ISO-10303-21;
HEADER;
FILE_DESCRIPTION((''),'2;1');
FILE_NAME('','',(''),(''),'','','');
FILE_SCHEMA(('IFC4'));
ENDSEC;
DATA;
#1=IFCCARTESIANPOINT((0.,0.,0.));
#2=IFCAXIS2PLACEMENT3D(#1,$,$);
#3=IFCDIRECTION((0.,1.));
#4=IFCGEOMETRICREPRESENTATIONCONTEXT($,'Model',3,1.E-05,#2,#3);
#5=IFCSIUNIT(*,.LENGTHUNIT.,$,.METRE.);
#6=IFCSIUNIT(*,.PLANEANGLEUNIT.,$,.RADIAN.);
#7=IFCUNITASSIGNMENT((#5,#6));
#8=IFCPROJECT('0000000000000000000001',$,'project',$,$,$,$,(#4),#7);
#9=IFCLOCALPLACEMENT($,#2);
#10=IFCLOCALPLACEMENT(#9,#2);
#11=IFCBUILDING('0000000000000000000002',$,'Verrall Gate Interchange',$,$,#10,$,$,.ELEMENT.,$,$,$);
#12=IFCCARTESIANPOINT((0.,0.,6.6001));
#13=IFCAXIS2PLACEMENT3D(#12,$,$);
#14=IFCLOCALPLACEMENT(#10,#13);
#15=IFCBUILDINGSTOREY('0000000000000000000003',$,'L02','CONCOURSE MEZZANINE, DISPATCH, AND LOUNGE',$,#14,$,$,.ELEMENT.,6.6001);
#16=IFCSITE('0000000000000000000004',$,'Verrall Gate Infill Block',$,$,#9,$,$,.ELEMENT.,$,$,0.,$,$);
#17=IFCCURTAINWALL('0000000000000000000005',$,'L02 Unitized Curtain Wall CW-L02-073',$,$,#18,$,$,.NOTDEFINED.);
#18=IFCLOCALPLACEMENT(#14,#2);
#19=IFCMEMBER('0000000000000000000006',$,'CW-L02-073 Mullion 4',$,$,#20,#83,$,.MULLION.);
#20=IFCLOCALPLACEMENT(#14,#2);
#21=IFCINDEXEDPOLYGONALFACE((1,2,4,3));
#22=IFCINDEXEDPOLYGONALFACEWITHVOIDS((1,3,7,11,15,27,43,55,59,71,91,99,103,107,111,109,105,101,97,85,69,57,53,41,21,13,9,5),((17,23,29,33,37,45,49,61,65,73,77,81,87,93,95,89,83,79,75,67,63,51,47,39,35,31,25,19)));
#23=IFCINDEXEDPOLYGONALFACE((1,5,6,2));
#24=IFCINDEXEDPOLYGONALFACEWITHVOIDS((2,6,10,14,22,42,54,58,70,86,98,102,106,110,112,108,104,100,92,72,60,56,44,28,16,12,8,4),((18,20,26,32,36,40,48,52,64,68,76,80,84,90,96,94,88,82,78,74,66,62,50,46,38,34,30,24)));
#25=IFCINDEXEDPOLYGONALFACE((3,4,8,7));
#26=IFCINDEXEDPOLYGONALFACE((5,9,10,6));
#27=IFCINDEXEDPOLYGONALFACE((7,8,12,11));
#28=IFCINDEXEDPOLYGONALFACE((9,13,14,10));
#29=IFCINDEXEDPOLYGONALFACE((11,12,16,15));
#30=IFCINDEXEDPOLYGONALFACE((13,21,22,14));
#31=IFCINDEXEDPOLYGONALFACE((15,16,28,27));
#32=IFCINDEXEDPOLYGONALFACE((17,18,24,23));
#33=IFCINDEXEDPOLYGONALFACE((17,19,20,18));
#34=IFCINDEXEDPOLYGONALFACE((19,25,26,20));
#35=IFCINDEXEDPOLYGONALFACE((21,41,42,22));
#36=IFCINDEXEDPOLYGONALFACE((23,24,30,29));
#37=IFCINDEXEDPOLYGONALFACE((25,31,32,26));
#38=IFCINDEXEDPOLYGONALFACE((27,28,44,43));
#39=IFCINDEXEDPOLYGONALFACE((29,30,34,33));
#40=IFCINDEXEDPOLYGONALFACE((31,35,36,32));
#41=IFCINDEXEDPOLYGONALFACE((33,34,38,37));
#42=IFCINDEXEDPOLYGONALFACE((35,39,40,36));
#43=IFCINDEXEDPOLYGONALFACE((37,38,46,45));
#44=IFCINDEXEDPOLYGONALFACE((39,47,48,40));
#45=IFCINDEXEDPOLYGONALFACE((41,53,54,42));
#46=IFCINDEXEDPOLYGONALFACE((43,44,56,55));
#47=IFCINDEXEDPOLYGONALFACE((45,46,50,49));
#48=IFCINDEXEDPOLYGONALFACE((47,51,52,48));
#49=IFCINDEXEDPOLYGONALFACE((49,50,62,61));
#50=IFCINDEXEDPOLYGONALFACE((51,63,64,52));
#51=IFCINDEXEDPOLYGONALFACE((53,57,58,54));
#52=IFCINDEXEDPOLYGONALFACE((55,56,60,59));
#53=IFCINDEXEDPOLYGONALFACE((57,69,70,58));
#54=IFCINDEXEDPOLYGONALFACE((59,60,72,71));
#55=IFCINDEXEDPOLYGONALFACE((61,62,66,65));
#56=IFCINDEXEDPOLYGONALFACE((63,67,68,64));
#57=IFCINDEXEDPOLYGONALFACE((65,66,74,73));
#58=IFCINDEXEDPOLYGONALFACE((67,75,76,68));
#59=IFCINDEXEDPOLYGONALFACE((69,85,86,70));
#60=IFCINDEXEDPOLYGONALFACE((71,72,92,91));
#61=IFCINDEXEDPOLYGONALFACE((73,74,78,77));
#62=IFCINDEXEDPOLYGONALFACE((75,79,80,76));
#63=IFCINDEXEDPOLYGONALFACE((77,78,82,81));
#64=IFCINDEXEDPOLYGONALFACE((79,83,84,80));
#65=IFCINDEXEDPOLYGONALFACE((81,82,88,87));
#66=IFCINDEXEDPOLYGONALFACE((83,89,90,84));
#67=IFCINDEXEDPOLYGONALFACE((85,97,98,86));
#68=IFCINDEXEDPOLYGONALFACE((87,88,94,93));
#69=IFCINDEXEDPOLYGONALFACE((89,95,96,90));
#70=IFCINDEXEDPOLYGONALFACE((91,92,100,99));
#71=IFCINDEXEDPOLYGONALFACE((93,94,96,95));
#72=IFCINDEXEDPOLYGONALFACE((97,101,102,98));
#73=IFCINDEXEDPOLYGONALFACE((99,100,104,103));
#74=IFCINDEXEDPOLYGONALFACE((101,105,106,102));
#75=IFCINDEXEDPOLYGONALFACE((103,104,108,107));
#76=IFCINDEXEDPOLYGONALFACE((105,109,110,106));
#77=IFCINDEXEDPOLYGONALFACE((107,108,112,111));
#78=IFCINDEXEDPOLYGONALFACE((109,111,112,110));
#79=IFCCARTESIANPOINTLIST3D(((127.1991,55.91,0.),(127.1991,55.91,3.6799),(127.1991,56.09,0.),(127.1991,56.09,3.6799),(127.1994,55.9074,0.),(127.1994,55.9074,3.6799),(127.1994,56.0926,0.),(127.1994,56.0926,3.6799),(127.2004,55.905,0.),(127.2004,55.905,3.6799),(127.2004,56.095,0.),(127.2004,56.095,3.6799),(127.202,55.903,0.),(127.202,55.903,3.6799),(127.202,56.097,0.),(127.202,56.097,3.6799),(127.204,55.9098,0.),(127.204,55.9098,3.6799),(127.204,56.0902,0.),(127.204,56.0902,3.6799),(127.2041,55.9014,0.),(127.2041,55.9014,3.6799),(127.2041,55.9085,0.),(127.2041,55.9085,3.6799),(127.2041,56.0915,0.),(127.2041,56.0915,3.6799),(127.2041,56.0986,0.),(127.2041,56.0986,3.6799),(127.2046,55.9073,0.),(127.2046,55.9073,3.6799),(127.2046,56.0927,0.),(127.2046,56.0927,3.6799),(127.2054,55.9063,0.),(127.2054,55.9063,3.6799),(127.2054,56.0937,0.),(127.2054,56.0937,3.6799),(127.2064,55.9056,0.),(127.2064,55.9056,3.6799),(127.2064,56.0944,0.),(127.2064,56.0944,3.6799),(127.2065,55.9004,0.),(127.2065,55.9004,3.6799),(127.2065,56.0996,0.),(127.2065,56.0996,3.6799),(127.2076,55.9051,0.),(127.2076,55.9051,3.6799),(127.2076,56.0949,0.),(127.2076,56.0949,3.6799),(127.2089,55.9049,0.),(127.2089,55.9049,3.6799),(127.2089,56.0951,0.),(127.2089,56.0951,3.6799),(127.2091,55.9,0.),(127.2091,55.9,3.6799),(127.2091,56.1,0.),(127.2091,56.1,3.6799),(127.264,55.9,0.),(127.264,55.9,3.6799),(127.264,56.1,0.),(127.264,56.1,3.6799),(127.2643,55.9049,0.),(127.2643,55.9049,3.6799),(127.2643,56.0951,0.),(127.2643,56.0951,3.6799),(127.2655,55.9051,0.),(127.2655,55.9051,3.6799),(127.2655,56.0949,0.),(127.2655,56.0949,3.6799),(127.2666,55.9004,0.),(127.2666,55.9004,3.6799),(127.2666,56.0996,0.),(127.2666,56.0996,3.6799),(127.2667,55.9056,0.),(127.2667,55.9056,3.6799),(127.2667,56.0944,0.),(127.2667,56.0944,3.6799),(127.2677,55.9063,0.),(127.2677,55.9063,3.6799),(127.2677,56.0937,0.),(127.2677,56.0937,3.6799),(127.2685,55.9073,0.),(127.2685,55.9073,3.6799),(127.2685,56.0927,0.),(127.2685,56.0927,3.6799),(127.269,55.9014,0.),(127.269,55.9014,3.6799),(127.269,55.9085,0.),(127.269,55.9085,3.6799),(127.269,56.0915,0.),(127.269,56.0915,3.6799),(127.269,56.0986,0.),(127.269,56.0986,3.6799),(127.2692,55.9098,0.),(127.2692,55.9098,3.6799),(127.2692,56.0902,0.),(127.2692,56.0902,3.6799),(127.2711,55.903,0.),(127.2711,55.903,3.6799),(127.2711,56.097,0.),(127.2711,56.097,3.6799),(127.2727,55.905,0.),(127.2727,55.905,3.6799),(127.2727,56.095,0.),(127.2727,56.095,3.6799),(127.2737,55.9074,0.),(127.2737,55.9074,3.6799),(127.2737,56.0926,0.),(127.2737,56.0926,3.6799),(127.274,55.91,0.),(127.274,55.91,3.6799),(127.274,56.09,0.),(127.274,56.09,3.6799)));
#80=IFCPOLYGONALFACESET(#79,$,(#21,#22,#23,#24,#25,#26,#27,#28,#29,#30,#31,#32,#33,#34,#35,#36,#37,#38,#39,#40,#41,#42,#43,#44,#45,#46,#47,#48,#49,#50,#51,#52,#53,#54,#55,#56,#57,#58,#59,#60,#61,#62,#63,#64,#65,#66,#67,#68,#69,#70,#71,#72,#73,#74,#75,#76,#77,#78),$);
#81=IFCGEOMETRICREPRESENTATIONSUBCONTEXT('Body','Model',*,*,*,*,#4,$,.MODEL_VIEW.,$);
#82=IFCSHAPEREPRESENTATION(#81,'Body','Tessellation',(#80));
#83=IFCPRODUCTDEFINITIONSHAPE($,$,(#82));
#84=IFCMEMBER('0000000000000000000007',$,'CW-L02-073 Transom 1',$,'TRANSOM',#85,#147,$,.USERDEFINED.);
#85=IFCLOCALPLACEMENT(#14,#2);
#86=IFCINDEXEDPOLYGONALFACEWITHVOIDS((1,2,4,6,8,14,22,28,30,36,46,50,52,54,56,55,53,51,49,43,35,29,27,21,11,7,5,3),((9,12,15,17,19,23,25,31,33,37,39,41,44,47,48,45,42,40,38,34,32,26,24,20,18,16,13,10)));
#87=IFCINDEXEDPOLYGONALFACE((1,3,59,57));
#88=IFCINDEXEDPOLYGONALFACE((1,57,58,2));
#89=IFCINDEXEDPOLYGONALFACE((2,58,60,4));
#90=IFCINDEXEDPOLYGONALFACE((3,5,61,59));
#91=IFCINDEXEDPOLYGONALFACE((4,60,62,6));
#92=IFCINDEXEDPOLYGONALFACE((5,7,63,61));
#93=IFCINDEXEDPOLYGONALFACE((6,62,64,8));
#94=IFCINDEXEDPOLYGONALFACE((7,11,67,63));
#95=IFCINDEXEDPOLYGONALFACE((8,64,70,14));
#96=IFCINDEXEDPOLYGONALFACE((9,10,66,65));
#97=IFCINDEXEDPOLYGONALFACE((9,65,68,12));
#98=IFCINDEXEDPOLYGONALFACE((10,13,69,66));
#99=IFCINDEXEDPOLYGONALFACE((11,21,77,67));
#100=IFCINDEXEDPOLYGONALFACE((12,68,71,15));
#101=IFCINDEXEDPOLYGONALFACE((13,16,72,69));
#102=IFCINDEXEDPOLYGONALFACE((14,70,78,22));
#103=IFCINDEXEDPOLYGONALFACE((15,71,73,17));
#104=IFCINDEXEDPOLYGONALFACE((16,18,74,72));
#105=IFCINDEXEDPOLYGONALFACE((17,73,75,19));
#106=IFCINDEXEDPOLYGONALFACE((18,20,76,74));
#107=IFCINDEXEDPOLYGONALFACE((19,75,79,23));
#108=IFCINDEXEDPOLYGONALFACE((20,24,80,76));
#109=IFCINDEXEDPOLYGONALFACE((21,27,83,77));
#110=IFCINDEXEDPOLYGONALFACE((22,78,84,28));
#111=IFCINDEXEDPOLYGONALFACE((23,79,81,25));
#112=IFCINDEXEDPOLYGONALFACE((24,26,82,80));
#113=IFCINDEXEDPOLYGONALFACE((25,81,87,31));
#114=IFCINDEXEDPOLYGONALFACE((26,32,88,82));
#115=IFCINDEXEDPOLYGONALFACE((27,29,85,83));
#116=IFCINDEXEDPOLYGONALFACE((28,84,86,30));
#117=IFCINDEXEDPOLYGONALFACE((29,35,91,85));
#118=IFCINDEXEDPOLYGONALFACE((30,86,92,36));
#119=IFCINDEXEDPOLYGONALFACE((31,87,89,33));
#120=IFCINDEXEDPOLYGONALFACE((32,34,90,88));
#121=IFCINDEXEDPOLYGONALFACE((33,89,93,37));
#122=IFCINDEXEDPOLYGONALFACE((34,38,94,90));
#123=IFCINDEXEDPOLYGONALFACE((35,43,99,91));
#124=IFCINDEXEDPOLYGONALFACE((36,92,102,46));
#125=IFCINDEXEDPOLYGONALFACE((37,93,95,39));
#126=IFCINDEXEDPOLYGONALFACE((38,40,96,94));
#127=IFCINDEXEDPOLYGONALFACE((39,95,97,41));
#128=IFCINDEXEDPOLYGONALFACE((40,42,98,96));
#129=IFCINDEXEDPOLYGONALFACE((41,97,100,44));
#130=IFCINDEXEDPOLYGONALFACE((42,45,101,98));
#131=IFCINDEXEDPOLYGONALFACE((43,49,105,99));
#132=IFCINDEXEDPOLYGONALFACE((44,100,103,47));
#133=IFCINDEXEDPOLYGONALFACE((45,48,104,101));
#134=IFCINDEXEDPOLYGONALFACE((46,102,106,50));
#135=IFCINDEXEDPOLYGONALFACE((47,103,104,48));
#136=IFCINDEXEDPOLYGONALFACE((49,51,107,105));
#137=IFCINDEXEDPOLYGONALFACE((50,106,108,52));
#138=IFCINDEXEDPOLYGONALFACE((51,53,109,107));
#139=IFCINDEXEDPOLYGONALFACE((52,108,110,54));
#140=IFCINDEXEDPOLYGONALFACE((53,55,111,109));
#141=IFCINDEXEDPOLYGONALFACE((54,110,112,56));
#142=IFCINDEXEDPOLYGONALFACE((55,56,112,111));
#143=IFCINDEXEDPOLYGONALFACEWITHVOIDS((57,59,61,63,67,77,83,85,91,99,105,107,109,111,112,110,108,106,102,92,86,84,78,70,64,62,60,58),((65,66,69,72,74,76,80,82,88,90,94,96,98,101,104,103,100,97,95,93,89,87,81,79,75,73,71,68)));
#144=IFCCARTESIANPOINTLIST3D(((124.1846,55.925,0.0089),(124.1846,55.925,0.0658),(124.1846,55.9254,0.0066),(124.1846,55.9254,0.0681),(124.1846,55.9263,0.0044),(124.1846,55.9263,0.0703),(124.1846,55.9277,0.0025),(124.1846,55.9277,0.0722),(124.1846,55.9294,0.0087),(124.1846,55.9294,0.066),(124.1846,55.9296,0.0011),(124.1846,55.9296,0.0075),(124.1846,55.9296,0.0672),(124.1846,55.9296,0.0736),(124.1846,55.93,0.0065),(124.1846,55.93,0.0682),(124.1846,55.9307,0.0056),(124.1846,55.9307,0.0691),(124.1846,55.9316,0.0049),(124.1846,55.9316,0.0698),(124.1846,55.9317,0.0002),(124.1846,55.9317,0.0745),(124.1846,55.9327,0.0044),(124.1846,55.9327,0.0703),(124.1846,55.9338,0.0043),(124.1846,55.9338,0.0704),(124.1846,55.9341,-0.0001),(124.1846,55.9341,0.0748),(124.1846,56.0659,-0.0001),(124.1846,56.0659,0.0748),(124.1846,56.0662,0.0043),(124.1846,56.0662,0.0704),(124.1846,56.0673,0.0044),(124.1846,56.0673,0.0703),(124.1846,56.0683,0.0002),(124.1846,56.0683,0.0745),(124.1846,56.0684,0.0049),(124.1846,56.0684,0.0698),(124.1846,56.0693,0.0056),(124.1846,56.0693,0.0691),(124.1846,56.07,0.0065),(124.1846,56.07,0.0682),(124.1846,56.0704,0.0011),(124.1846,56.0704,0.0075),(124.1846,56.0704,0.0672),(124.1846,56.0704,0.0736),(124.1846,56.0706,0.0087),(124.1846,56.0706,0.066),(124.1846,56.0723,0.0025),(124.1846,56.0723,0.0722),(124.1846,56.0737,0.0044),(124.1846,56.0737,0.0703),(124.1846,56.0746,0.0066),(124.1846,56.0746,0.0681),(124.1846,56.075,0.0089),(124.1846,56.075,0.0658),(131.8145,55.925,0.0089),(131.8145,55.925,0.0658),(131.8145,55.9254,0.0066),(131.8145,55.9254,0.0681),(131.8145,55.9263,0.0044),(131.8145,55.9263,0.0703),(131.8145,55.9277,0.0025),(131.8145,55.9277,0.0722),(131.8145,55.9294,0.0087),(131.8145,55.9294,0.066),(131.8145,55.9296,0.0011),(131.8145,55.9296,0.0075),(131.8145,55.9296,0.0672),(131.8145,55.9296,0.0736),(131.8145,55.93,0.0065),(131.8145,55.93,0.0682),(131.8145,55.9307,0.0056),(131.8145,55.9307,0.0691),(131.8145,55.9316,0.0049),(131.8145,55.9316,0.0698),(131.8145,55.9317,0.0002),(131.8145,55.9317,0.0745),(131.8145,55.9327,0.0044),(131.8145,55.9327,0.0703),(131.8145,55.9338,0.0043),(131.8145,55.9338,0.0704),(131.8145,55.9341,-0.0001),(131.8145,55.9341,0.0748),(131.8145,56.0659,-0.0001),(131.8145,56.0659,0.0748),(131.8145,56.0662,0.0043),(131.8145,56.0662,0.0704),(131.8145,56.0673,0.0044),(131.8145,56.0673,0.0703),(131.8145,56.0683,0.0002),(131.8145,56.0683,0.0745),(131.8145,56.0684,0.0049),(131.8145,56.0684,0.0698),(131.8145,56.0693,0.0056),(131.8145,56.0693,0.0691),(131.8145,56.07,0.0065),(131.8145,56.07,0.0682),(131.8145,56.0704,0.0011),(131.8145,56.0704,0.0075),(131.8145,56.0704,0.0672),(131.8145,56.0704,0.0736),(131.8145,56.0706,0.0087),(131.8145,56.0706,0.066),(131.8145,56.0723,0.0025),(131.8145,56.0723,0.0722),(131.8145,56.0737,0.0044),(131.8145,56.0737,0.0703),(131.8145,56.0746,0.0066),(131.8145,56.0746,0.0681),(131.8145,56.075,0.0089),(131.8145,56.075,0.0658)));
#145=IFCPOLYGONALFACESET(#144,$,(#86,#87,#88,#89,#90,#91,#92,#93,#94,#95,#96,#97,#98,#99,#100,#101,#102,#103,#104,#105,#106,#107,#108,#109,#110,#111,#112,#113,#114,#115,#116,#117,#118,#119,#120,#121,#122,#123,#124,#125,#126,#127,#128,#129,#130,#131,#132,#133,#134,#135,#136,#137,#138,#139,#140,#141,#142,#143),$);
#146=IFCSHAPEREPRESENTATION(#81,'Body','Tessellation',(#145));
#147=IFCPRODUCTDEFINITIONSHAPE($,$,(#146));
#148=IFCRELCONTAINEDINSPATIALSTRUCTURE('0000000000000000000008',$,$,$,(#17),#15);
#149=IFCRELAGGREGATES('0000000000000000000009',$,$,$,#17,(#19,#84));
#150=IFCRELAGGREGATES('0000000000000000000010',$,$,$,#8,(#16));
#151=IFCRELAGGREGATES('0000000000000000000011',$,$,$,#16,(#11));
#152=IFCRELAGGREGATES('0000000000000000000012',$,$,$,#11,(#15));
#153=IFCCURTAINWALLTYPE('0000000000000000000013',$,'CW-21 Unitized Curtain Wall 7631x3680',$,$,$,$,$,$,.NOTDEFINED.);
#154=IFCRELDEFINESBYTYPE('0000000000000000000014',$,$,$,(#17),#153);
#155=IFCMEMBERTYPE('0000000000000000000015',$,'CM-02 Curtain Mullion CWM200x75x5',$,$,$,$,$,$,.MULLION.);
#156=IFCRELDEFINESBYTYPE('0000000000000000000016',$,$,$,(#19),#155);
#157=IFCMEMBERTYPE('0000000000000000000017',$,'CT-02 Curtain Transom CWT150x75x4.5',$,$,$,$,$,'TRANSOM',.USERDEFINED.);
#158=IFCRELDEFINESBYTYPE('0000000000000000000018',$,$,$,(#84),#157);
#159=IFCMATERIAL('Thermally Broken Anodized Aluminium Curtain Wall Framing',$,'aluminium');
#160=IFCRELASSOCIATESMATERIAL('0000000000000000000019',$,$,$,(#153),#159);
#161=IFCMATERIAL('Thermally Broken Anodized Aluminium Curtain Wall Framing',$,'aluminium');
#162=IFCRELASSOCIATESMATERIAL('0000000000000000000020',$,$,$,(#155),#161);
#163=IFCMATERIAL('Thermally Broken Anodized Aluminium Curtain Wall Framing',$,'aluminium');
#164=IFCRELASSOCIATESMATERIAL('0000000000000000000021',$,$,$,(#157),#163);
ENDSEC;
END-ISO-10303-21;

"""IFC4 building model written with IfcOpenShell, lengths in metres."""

from ifc_helpers import new_model, si_unit, direction, frame, origin, origin_2d, place, context, subcontext, project, spatial, hollow_rectangle, extrude, material, material_profile, profile_set, type_object, element, aggregate, save


model = new_model("IFC4")

# Units and contexts
model_context = context("Model", 3, precision=1e-05, world=origin(), true_north=direction((0.0, 1.0)))
body_context = subcontext(model_context, "Body", "Model", "MODEL_VIEW")
ifc_project = project(units=[si_unit("LENGTHUNIT", "METRE"), si_unit("PLANEANGLEUNIT", "RADIAN")], contexts=[model_context])

# Site, building, storey
site_placement = place(None, origin())
site = spatial("IfcSite", under=ifc_project, at=site_placement, Name="Verrall Gate Infill Block", CompositionType="ELEMENT", RefElevation=0.0)
building_placement = place(site_placement, origin())
building = spatial("IfcBuilding", under=site, at=building_placement, Name="Verrall Gate Interchange", CompositionType="ELEMENT")
storey_placement = place(building_placement, frame((0.0, 0.0, 6.6001)))
storey = spatial("IfcBuildingStorey", under=building, at=storey_placement, Name="L02", Description="CONCOURSE MEZZANINE, DISPATCH, AND LOUNGE", CompositionType="ELEMENT", Elevation=6.6001)

# Curtain wall, members
ifc_material_1 = material(Name="Thermally Broken Anodized Aluminium Curtain Wall Framing", Category="aluminium")
curtain_wall_type = type_object("IfcCurtainWallType", Name="CW-21 Unitized Curtain Wall 7631x3680", PredefinedType="NOTDEFINED", material=ifc_material_1)
curtain_wall_1_placement = place(storey_placement, origin())
curtain_wall_1 = element("IfcCurtainWall", 1, at=curtain_wall_1_placement, inside=storey, type_object=curtain_wall_type, Name="L02 Unitized Curtain Wall CW-L02-073", PredefinedType="NOTDEFINED")
ifc_material_2 = material(Name="Thermally Broken Anodized Aluminium Curtain Wall Framing", Category="aluminium")
ifc_material_profile_1 = material_profile(ifc_material_2, hollow_rectangle(XDim=0.075, YDim=0.2, WallThickness=0.0049, InnerFilletRadius=0.0049, OuterFilletRadius=0.01, at=origin_2d()), Name="CWM200x75x5")
ifc_profile_set_1 = profile_set([ifc_material_profile_1], Name="Thermally Broken Anodized Aluminium Curtain Wall Framing")
member_type_1 = type_object("IfcMemberType", Name="CM-02 Curtain Mullion CWM200x75x5", PredefinedType="MULLION", material=ifc_profile_set_1)
member_1_placement = place(storey_placement, frame((127.2366, 56.0, 0.0), z_axis=(0.0, 0.0, 1.0), x_axis=(-1.0, 0.0, 0.0)))
member_1 = element("IfcMember", 2, at=member_1_placement, type_object=member_type_1, Name="CW-L02-073 Mullion 4", PredefinedType="MULLION", context=body_context, shape_type="SweptSolid", body=[
    extrude(hollow_rectangle(XDim=0.075, YDim=0.2, WallThickness=0.0049, InnerFilletRadius=0.0049, OuterFilletRadius=0.01, at=origin_2d()), origin(), (0.0, 0.0, 1.0), 3.6799),
])
ifc_material_3 = material(Name="Thermally Broken Anodized Aluminium Curtain Wall Framing", Category="aluminium")
ifc_material_profile_2 = material_profile(ifc_material_3, hollow_rectangle(XDim=0.1499, YDim=0.075, WallThickness=0.0044, InnerFilletRadius=0.0044, OuterFilletRadius=0.009, at=origin_2d()), Name="CWT150x75x4.5")
ifc_profile_set_2 = profile_set([ifc_material_profile_2], Name="Thermally Broken Anodized Aluminium Curtain Wall Framing")
member_type_2 = type_object("IfcMemberType", Name="CT-02 Curtain Transom CWT150x75x4.5", ElementType="TRANSOM", PredefinedType="USERDEFINED", material=ifc_profile_set_2)
member_2_placement = place(storey_placement, frame((131.8145, 56.0, 0.0374), z_axis=(-1.0, 0.0, 0.0), x_axis=(0.0, -1.0, 0.0)))
member_2 = element("IfcMember", 3, at=member_2_placement, type_object=member_type_2, Name="CW-L02-073 Transom 1", ObjectType="TRANSOM", PredefinedType="USERDEFINED", context=body_context, shape_type="SweptSolid", body=[
    extrude(hollow_rectangle(XDim=0.1499, YDim=0.075, WallThickness=0.0044, InnerFilletRadius=0.0044, OuterFilletRadius=0.009, at=origin_2d()), origin(), (0.0, 0.0, 1.0), 7.6299),
])

aggregate(curtain_wall_1, [member_1, member_2])

save(model, "model.ifc")
